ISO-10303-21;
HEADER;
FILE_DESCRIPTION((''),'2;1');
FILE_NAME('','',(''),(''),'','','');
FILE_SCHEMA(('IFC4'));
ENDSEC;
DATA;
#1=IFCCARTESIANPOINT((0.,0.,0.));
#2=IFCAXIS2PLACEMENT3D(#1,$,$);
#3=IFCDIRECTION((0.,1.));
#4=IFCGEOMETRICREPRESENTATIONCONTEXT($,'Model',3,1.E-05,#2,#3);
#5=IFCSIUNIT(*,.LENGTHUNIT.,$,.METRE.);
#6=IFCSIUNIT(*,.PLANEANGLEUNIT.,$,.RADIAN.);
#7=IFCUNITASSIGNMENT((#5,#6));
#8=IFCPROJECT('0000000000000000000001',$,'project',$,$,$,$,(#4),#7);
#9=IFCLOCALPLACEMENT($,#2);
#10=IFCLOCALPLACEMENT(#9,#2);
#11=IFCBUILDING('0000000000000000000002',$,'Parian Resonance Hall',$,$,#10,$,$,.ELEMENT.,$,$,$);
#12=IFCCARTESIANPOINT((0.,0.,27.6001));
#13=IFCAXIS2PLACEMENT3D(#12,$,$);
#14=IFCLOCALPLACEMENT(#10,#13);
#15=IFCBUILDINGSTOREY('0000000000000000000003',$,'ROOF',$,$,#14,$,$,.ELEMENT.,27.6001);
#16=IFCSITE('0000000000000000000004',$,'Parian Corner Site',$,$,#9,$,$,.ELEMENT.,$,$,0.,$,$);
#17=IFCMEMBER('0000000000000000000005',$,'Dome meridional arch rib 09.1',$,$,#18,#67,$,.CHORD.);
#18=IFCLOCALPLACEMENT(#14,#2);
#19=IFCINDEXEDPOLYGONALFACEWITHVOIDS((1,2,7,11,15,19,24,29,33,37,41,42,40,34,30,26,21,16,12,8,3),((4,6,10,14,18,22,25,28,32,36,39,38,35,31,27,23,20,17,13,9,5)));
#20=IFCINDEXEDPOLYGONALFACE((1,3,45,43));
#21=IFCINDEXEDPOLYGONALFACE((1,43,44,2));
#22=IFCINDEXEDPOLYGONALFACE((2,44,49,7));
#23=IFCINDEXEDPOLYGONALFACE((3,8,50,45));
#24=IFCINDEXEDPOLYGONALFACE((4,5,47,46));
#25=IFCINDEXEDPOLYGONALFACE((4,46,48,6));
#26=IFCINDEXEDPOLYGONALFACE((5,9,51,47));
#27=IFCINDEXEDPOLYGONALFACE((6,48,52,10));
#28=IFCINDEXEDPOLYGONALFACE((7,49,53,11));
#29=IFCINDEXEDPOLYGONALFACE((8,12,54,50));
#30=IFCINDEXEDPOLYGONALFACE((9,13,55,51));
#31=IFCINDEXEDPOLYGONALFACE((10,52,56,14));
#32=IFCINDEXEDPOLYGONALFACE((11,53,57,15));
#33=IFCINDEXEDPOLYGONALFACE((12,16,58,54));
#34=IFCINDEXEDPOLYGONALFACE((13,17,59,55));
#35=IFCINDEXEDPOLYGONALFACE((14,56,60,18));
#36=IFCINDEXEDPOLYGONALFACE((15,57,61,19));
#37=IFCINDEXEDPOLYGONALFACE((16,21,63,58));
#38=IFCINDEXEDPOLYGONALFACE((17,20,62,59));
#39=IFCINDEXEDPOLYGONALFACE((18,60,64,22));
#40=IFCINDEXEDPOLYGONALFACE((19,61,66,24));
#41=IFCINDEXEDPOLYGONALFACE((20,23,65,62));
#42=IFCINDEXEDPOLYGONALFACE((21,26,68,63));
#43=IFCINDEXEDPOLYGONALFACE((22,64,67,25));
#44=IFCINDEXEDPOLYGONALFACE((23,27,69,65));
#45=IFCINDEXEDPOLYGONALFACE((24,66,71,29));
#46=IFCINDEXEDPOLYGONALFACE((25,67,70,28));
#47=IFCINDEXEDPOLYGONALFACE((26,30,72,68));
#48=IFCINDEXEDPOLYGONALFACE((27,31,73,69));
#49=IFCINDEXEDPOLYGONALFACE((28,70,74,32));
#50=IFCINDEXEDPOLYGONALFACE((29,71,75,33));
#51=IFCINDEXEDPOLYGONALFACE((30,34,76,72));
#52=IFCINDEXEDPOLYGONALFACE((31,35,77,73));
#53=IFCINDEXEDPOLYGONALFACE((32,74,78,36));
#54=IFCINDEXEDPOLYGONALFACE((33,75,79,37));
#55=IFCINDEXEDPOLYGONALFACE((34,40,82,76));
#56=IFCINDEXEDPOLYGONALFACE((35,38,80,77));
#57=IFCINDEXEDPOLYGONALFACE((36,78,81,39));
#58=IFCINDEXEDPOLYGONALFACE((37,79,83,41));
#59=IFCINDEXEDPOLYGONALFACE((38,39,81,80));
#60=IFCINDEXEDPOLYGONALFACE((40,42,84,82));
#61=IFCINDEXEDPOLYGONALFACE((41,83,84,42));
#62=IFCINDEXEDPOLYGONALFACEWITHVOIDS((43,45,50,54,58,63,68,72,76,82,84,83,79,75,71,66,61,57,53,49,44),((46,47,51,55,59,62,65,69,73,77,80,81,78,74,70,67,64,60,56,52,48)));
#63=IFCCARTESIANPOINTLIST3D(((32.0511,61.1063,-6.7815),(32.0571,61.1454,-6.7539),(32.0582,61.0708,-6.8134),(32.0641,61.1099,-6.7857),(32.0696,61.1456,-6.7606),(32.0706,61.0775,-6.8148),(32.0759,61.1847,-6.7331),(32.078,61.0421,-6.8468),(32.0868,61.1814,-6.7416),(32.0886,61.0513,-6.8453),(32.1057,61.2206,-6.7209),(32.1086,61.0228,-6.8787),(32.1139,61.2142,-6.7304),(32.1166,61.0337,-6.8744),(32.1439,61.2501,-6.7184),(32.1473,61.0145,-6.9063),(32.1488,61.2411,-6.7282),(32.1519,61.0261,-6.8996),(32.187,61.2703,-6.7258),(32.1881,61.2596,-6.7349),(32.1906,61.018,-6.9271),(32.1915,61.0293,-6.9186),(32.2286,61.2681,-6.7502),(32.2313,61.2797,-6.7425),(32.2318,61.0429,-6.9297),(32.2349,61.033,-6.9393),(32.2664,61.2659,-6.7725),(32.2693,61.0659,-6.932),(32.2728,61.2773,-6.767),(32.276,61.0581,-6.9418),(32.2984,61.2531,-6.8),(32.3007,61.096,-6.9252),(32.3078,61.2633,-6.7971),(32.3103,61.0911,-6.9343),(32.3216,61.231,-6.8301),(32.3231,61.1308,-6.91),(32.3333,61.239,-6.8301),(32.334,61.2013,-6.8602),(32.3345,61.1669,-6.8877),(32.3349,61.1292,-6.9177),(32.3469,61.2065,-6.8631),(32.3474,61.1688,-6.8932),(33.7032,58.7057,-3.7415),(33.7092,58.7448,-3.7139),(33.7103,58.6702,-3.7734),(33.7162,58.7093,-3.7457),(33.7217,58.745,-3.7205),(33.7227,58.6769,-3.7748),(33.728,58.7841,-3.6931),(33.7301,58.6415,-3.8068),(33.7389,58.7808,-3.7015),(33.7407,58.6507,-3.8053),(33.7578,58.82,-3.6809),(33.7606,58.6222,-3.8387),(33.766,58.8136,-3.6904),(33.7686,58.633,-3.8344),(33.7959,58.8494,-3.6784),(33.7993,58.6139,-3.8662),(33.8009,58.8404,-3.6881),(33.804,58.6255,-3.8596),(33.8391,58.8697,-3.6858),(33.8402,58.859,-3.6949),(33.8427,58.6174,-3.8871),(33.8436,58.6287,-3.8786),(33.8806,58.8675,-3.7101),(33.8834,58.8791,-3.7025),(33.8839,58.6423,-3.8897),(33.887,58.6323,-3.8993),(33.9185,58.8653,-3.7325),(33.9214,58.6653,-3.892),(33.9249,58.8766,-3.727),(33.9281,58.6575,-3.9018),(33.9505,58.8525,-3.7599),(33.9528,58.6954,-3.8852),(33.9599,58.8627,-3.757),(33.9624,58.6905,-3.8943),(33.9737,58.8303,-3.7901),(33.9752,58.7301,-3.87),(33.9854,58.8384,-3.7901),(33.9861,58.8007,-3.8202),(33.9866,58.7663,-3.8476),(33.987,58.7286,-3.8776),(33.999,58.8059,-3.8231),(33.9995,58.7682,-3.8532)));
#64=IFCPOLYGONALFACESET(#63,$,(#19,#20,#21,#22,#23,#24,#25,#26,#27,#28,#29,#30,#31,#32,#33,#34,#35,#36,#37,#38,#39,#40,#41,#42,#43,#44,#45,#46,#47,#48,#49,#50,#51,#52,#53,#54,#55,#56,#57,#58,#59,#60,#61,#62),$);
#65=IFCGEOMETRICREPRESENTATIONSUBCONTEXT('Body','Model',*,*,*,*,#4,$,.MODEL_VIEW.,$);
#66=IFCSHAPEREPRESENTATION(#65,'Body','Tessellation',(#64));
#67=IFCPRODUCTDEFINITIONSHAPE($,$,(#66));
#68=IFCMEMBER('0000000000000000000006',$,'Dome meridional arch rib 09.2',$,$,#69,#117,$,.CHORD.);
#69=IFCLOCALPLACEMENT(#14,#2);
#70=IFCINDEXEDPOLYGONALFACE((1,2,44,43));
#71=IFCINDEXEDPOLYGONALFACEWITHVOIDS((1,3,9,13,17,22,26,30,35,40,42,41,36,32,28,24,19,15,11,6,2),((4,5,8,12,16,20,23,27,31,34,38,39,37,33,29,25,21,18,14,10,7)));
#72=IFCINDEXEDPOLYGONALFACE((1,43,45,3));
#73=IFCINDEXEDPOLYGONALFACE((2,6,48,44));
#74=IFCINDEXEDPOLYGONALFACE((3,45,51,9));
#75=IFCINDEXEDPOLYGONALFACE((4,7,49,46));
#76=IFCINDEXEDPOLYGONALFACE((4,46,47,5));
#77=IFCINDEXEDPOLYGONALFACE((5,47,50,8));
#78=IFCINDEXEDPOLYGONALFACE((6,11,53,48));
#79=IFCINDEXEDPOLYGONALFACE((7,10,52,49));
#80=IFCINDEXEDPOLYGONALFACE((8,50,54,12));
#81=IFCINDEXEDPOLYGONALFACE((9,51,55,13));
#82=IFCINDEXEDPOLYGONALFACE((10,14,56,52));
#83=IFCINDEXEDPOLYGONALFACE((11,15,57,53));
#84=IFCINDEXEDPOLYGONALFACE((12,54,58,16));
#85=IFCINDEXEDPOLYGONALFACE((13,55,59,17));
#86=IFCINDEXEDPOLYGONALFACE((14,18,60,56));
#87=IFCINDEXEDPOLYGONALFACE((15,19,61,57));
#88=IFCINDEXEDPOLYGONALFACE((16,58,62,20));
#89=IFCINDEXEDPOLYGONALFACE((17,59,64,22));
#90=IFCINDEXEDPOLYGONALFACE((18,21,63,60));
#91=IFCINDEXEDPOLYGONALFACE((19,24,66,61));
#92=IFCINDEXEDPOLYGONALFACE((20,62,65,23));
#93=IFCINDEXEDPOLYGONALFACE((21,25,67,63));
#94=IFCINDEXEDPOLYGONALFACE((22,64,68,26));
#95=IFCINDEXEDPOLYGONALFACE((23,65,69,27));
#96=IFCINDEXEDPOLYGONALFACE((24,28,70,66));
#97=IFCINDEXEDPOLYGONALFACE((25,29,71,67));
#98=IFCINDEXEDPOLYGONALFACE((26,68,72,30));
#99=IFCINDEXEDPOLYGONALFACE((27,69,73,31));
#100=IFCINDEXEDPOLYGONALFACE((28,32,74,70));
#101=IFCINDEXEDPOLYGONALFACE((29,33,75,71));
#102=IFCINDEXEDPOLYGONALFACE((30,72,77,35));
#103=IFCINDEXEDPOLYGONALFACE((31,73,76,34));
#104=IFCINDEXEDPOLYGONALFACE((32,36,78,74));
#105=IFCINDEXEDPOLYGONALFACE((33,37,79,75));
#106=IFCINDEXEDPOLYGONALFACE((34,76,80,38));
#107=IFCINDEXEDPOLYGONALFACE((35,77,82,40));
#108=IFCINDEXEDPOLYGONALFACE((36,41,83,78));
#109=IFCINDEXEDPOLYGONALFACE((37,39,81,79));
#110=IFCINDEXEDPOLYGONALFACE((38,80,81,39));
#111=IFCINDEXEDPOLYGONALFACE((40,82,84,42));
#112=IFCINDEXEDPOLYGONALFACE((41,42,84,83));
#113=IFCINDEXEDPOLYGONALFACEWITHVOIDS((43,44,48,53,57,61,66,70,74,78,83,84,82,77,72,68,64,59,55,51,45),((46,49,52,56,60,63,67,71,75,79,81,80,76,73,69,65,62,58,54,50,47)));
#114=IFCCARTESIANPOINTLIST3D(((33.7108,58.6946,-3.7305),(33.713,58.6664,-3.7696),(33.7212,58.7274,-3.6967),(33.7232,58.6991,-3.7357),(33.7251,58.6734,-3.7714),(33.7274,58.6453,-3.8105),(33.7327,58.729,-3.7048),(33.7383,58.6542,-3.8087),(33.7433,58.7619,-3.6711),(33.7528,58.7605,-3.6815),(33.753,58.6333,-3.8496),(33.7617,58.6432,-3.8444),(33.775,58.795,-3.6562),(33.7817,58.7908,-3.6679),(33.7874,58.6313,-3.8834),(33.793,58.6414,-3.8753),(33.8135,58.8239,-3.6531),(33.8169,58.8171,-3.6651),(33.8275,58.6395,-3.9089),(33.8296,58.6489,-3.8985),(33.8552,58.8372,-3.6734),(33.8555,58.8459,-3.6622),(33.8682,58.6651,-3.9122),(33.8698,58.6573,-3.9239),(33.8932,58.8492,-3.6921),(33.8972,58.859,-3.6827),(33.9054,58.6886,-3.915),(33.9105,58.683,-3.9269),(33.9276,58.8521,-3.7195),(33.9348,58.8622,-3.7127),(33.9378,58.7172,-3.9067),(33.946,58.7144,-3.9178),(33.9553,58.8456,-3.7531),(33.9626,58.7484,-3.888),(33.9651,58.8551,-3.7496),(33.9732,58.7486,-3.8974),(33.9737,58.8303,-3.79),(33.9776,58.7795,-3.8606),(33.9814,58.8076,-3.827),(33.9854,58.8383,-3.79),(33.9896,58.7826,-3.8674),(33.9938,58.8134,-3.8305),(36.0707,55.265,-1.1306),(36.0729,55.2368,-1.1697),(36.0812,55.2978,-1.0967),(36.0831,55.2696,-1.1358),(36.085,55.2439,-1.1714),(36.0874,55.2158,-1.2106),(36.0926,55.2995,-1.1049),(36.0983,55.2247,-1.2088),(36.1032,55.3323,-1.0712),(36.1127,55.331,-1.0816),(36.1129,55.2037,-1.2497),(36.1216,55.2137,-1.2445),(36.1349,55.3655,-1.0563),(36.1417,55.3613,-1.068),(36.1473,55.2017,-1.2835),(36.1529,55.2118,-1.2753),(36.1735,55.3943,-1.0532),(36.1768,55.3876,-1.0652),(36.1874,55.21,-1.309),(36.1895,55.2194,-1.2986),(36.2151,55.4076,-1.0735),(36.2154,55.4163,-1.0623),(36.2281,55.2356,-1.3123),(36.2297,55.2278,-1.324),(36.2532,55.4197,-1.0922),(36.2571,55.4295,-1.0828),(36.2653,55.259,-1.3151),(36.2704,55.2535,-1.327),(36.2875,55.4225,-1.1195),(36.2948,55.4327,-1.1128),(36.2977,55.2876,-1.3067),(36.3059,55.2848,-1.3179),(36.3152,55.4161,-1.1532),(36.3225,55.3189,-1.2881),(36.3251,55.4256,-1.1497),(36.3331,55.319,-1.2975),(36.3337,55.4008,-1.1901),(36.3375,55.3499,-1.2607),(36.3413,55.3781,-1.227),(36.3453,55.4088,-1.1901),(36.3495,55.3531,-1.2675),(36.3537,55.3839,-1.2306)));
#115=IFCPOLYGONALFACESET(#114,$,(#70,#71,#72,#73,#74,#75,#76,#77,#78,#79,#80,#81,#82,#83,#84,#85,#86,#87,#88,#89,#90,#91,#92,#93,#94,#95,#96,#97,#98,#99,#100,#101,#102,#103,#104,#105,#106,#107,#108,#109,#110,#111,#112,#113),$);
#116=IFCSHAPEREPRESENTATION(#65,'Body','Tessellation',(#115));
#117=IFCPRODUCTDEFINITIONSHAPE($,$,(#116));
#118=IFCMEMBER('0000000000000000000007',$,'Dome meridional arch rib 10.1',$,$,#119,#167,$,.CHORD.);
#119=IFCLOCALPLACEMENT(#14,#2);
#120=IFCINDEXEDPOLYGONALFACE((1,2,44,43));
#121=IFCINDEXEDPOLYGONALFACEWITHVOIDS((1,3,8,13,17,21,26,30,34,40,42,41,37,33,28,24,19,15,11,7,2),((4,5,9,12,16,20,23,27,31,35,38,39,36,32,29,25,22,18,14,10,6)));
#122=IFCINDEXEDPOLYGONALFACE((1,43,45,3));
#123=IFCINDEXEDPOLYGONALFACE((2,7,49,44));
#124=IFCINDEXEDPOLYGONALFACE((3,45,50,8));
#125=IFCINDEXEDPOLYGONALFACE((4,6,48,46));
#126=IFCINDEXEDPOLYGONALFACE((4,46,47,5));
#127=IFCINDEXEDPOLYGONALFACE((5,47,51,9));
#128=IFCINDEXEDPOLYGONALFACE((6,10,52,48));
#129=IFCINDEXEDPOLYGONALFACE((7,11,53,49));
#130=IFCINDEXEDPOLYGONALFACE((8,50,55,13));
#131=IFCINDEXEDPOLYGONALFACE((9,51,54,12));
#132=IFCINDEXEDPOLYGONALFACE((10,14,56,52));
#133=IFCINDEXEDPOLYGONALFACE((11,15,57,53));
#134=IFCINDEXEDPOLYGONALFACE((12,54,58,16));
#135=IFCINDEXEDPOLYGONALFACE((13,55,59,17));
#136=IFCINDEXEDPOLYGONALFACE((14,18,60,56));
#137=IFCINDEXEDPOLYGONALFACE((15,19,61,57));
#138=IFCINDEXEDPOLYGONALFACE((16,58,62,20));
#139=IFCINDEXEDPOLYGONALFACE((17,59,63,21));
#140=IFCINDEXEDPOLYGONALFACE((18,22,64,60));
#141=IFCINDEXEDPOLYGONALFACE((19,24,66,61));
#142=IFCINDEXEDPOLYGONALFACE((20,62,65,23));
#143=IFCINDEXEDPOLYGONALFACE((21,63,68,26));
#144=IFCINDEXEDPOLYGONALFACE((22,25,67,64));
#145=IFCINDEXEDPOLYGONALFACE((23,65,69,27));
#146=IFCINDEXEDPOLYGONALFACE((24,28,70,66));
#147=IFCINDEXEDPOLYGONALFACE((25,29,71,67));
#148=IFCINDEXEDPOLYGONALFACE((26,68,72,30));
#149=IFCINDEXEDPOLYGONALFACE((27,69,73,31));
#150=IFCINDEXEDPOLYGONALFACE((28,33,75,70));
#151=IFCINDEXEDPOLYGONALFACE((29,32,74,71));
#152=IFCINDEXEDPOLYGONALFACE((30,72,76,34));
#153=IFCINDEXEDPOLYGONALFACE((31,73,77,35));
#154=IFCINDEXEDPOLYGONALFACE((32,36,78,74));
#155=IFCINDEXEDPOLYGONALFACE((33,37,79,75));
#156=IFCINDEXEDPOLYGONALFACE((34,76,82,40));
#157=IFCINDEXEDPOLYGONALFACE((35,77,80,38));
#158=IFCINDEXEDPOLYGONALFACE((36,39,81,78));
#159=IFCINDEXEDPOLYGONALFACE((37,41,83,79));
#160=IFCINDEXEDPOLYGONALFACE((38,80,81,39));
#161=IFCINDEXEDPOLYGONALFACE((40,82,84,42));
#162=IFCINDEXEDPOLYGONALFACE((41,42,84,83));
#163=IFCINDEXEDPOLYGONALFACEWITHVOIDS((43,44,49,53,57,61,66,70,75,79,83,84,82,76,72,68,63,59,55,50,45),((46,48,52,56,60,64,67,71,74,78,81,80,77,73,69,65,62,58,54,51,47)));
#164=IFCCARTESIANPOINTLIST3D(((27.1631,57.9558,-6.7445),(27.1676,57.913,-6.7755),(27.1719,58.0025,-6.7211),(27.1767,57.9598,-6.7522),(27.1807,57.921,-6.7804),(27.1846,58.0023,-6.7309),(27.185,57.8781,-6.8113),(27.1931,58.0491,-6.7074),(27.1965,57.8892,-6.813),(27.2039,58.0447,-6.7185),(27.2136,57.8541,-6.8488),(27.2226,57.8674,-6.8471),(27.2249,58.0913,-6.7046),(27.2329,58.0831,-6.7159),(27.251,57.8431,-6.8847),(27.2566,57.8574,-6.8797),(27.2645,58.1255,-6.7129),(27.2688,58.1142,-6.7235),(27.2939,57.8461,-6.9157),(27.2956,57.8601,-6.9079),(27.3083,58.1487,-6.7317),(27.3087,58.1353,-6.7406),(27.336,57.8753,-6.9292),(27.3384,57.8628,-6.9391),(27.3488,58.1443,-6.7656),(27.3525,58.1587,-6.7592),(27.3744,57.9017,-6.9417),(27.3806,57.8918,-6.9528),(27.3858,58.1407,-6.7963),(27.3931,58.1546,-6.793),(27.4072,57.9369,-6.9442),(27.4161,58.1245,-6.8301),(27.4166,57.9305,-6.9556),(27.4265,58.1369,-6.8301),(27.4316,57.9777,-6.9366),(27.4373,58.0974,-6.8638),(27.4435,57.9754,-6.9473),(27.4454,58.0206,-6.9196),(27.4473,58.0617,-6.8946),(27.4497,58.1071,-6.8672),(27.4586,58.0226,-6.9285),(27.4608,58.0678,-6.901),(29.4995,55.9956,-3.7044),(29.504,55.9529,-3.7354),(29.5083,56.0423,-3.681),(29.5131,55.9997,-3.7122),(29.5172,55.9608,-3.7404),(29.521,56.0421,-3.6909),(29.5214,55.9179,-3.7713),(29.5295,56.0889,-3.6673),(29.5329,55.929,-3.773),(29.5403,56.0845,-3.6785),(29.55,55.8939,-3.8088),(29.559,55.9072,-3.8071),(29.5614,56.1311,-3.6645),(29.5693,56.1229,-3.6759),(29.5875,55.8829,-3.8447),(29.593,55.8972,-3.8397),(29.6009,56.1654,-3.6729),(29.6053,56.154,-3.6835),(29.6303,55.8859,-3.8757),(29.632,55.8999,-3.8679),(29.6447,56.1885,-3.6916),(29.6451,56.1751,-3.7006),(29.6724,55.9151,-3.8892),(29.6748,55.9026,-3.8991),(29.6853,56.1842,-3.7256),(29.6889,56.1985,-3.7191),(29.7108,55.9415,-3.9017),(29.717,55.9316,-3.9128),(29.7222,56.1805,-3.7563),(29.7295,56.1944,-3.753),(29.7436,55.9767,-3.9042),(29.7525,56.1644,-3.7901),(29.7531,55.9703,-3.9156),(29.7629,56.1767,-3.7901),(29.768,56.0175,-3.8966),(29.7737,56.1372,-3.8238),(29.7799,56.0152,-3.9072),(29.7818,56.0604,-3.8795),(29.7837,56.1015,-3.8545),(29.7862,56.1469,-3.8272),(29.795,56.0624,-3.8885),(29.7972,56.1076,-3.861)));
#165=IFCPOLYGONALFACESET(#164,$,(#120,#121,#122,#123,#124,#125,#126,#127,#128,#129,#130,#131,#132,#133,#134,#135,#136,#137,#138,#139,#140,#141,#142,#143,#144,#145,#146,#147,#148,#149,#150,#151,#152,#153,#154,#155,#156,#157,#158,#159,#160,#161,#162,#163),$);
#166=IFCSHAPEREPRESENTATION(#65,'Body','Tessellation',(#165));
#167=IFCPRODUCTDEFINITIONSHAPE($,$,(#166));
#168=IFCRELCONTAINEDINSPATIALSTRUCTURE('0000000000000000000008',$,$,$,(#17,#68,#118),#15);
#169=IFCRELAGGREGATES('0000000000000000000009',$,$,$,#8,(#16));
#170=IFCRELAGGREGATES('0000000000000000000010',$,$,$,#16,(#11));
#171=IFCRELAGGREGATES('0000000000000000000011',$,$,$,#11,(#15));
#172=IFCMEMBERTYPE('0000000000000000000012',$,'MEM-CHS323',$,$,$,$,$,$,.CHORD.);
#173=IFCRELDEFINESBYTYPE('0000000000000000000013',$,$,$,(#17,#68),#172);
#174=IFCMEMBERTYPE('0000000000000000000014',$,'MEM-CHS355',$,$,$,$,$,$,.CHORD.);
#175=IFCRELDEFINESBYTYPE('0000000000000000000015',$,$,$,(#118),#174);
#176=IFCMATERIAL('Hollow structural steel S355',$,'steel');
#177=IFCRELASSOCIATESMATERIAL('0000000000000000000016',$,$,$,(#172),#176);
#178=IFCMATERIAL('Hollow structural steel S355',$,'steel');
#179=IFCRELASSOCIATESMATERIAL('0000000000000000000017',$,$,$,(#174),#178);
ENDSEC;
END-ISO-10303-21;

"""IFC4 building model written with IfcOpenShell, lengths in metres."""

from ifc_helpers import new_model, si_unit, direction, frame, origin, origin_2d, place, context, subcontext, project, spatial, hollow_circle, extrude, material, material_profile, profile_set, type_object, element, save


model = new_model("IFC4")

# Units and contexts
model_context = context("Model", 3, precision=1e-05, world=origin(), true_north=direction((0.0, 1.0)))
body_context = subcontext(model_context, "Body", "Model", "MODEL_VIEW")
ifc_project = project(units=[si_unit("LENGTHUNIT", "METRE"), si_unit("PLANEANGLEUNIT", "RADIAN")], contexts=[model_context])

# Site, building, storey
site_placement = place(None, origin())
site = spatial("IfcSite", under=ifc_project, at=site_placement, Name="Parian Corner Site", CompositionType="ELEMENT", RefElevation=0.0)
building_placement = place(site_placement, origin())
building = spatial("IfcBuilding", under=site, at=building_placement, Name="Parian Resonance Hall", CompositionType="ELEMENT")
storey_placement = place(building_placement, frame((0.0, 0.0, 27.6001)))
storey = spatial("IfcBuildingStorey", under=building, at=storey_placement, Name="ROOF", CompositionType="ELEMENT", Elevation=27.6001)

# Members
ifc_material_1 = material(Name="Hollow structural steel S355", Category="steel")
ifc_material_profile_1 = material_profile(ifc_material_1, hollow_circle(Radius=0.1619, WallThickness=0.0142, at=origin_2d()), Name="CHS323.9x14.2")
ifc_profile_set_1 = profile_set([ifc_material_profile_1], Name="Hollow structural steel S355")
member_type_1 = type_object("IfcMemberType", Name="MEM-CHS323", PredefinedType="CHORD", material=ifc_profile_set_1)
member_1_placement = place(storey_placement, frame((32.2, 61.1472, -6.8301), z_axis=(0.39231, -0.570058, 0.721891), x_axis=(0.823775, 0.566916, 0.0)))
element("IfcMember", 1, at=member_1_placement, inside=storey, type_object=member_type_1, Name="Dome meridional arch rib 09.1", PredefinedType="CHORD", context=body_context, shape_type="SweptSolid", body=[
    extrude(hollow_circle(Radius=0.1619, WallThickness=0.0142, at=origin_2d()), origin(), (0.0, 0.0, 1.0), 4.2112),
])
member_2_placement = place(storey_placement, frame((33.8521, 58.7466, -3.79), z_axis=(0.480812, -0.698734, 0.529709), x_axis=(0.823804, 0.566875, 0.0)))
element("IfcMember", 2, at=member_2_placement, inside=storey, type_object=member_type_1, Name="Dome meridional arch rib 09.2", PredefinedType="CHORD", context=body_context, shape_type="SweptSolid", body=[
    extrude(hollow_circle(Radius=0.1619, WallThickness=0.0142, at=origin_2d()), origin(), (0.0, 0.0, 1.0), 4.9082),
])
ifc_material_2 = material(Name="Hollow structural steel S355", Category="steel")
ifc_material_profile_2 = material_profile(ifc_material_2, hollow_circle(Radius=0.1777, WallThickness=0.0161, at=origin_2d()), Name="CHS355.6x16")
ifc_profile_set_2 = profile_set([ifc_material_profile_2], Name="Hollow structural steel S355")
member_type_2 = type_object("IfcMemberType", Name="MEM-CHS355", PredefinedType="CHORD", material=ifc_profile_set_2)
member_3_placement = place(storey_placement, frame((27.3123, 58.0007, -6.8301), z_axis=(0.542576, -0.455208, 0.705972), x_axis=(0.642732, 0.766091, 0.0)))
element("IfcMember", 3, at=member_3_placement, inside=storey, type_object=member_type_2, Name="Dome meridional arch rib 10.1", PredefinedType="CHORD", context=body_context, shape_type="SweptSolid", body=[
    extrude(hollow_circle(Radius=0.1777, WallThickness=0.0161, at=origin_2d()), origin(), (0.0, 0.0, 1.0), 4.3062),
])

save(model, "model.ifc")
